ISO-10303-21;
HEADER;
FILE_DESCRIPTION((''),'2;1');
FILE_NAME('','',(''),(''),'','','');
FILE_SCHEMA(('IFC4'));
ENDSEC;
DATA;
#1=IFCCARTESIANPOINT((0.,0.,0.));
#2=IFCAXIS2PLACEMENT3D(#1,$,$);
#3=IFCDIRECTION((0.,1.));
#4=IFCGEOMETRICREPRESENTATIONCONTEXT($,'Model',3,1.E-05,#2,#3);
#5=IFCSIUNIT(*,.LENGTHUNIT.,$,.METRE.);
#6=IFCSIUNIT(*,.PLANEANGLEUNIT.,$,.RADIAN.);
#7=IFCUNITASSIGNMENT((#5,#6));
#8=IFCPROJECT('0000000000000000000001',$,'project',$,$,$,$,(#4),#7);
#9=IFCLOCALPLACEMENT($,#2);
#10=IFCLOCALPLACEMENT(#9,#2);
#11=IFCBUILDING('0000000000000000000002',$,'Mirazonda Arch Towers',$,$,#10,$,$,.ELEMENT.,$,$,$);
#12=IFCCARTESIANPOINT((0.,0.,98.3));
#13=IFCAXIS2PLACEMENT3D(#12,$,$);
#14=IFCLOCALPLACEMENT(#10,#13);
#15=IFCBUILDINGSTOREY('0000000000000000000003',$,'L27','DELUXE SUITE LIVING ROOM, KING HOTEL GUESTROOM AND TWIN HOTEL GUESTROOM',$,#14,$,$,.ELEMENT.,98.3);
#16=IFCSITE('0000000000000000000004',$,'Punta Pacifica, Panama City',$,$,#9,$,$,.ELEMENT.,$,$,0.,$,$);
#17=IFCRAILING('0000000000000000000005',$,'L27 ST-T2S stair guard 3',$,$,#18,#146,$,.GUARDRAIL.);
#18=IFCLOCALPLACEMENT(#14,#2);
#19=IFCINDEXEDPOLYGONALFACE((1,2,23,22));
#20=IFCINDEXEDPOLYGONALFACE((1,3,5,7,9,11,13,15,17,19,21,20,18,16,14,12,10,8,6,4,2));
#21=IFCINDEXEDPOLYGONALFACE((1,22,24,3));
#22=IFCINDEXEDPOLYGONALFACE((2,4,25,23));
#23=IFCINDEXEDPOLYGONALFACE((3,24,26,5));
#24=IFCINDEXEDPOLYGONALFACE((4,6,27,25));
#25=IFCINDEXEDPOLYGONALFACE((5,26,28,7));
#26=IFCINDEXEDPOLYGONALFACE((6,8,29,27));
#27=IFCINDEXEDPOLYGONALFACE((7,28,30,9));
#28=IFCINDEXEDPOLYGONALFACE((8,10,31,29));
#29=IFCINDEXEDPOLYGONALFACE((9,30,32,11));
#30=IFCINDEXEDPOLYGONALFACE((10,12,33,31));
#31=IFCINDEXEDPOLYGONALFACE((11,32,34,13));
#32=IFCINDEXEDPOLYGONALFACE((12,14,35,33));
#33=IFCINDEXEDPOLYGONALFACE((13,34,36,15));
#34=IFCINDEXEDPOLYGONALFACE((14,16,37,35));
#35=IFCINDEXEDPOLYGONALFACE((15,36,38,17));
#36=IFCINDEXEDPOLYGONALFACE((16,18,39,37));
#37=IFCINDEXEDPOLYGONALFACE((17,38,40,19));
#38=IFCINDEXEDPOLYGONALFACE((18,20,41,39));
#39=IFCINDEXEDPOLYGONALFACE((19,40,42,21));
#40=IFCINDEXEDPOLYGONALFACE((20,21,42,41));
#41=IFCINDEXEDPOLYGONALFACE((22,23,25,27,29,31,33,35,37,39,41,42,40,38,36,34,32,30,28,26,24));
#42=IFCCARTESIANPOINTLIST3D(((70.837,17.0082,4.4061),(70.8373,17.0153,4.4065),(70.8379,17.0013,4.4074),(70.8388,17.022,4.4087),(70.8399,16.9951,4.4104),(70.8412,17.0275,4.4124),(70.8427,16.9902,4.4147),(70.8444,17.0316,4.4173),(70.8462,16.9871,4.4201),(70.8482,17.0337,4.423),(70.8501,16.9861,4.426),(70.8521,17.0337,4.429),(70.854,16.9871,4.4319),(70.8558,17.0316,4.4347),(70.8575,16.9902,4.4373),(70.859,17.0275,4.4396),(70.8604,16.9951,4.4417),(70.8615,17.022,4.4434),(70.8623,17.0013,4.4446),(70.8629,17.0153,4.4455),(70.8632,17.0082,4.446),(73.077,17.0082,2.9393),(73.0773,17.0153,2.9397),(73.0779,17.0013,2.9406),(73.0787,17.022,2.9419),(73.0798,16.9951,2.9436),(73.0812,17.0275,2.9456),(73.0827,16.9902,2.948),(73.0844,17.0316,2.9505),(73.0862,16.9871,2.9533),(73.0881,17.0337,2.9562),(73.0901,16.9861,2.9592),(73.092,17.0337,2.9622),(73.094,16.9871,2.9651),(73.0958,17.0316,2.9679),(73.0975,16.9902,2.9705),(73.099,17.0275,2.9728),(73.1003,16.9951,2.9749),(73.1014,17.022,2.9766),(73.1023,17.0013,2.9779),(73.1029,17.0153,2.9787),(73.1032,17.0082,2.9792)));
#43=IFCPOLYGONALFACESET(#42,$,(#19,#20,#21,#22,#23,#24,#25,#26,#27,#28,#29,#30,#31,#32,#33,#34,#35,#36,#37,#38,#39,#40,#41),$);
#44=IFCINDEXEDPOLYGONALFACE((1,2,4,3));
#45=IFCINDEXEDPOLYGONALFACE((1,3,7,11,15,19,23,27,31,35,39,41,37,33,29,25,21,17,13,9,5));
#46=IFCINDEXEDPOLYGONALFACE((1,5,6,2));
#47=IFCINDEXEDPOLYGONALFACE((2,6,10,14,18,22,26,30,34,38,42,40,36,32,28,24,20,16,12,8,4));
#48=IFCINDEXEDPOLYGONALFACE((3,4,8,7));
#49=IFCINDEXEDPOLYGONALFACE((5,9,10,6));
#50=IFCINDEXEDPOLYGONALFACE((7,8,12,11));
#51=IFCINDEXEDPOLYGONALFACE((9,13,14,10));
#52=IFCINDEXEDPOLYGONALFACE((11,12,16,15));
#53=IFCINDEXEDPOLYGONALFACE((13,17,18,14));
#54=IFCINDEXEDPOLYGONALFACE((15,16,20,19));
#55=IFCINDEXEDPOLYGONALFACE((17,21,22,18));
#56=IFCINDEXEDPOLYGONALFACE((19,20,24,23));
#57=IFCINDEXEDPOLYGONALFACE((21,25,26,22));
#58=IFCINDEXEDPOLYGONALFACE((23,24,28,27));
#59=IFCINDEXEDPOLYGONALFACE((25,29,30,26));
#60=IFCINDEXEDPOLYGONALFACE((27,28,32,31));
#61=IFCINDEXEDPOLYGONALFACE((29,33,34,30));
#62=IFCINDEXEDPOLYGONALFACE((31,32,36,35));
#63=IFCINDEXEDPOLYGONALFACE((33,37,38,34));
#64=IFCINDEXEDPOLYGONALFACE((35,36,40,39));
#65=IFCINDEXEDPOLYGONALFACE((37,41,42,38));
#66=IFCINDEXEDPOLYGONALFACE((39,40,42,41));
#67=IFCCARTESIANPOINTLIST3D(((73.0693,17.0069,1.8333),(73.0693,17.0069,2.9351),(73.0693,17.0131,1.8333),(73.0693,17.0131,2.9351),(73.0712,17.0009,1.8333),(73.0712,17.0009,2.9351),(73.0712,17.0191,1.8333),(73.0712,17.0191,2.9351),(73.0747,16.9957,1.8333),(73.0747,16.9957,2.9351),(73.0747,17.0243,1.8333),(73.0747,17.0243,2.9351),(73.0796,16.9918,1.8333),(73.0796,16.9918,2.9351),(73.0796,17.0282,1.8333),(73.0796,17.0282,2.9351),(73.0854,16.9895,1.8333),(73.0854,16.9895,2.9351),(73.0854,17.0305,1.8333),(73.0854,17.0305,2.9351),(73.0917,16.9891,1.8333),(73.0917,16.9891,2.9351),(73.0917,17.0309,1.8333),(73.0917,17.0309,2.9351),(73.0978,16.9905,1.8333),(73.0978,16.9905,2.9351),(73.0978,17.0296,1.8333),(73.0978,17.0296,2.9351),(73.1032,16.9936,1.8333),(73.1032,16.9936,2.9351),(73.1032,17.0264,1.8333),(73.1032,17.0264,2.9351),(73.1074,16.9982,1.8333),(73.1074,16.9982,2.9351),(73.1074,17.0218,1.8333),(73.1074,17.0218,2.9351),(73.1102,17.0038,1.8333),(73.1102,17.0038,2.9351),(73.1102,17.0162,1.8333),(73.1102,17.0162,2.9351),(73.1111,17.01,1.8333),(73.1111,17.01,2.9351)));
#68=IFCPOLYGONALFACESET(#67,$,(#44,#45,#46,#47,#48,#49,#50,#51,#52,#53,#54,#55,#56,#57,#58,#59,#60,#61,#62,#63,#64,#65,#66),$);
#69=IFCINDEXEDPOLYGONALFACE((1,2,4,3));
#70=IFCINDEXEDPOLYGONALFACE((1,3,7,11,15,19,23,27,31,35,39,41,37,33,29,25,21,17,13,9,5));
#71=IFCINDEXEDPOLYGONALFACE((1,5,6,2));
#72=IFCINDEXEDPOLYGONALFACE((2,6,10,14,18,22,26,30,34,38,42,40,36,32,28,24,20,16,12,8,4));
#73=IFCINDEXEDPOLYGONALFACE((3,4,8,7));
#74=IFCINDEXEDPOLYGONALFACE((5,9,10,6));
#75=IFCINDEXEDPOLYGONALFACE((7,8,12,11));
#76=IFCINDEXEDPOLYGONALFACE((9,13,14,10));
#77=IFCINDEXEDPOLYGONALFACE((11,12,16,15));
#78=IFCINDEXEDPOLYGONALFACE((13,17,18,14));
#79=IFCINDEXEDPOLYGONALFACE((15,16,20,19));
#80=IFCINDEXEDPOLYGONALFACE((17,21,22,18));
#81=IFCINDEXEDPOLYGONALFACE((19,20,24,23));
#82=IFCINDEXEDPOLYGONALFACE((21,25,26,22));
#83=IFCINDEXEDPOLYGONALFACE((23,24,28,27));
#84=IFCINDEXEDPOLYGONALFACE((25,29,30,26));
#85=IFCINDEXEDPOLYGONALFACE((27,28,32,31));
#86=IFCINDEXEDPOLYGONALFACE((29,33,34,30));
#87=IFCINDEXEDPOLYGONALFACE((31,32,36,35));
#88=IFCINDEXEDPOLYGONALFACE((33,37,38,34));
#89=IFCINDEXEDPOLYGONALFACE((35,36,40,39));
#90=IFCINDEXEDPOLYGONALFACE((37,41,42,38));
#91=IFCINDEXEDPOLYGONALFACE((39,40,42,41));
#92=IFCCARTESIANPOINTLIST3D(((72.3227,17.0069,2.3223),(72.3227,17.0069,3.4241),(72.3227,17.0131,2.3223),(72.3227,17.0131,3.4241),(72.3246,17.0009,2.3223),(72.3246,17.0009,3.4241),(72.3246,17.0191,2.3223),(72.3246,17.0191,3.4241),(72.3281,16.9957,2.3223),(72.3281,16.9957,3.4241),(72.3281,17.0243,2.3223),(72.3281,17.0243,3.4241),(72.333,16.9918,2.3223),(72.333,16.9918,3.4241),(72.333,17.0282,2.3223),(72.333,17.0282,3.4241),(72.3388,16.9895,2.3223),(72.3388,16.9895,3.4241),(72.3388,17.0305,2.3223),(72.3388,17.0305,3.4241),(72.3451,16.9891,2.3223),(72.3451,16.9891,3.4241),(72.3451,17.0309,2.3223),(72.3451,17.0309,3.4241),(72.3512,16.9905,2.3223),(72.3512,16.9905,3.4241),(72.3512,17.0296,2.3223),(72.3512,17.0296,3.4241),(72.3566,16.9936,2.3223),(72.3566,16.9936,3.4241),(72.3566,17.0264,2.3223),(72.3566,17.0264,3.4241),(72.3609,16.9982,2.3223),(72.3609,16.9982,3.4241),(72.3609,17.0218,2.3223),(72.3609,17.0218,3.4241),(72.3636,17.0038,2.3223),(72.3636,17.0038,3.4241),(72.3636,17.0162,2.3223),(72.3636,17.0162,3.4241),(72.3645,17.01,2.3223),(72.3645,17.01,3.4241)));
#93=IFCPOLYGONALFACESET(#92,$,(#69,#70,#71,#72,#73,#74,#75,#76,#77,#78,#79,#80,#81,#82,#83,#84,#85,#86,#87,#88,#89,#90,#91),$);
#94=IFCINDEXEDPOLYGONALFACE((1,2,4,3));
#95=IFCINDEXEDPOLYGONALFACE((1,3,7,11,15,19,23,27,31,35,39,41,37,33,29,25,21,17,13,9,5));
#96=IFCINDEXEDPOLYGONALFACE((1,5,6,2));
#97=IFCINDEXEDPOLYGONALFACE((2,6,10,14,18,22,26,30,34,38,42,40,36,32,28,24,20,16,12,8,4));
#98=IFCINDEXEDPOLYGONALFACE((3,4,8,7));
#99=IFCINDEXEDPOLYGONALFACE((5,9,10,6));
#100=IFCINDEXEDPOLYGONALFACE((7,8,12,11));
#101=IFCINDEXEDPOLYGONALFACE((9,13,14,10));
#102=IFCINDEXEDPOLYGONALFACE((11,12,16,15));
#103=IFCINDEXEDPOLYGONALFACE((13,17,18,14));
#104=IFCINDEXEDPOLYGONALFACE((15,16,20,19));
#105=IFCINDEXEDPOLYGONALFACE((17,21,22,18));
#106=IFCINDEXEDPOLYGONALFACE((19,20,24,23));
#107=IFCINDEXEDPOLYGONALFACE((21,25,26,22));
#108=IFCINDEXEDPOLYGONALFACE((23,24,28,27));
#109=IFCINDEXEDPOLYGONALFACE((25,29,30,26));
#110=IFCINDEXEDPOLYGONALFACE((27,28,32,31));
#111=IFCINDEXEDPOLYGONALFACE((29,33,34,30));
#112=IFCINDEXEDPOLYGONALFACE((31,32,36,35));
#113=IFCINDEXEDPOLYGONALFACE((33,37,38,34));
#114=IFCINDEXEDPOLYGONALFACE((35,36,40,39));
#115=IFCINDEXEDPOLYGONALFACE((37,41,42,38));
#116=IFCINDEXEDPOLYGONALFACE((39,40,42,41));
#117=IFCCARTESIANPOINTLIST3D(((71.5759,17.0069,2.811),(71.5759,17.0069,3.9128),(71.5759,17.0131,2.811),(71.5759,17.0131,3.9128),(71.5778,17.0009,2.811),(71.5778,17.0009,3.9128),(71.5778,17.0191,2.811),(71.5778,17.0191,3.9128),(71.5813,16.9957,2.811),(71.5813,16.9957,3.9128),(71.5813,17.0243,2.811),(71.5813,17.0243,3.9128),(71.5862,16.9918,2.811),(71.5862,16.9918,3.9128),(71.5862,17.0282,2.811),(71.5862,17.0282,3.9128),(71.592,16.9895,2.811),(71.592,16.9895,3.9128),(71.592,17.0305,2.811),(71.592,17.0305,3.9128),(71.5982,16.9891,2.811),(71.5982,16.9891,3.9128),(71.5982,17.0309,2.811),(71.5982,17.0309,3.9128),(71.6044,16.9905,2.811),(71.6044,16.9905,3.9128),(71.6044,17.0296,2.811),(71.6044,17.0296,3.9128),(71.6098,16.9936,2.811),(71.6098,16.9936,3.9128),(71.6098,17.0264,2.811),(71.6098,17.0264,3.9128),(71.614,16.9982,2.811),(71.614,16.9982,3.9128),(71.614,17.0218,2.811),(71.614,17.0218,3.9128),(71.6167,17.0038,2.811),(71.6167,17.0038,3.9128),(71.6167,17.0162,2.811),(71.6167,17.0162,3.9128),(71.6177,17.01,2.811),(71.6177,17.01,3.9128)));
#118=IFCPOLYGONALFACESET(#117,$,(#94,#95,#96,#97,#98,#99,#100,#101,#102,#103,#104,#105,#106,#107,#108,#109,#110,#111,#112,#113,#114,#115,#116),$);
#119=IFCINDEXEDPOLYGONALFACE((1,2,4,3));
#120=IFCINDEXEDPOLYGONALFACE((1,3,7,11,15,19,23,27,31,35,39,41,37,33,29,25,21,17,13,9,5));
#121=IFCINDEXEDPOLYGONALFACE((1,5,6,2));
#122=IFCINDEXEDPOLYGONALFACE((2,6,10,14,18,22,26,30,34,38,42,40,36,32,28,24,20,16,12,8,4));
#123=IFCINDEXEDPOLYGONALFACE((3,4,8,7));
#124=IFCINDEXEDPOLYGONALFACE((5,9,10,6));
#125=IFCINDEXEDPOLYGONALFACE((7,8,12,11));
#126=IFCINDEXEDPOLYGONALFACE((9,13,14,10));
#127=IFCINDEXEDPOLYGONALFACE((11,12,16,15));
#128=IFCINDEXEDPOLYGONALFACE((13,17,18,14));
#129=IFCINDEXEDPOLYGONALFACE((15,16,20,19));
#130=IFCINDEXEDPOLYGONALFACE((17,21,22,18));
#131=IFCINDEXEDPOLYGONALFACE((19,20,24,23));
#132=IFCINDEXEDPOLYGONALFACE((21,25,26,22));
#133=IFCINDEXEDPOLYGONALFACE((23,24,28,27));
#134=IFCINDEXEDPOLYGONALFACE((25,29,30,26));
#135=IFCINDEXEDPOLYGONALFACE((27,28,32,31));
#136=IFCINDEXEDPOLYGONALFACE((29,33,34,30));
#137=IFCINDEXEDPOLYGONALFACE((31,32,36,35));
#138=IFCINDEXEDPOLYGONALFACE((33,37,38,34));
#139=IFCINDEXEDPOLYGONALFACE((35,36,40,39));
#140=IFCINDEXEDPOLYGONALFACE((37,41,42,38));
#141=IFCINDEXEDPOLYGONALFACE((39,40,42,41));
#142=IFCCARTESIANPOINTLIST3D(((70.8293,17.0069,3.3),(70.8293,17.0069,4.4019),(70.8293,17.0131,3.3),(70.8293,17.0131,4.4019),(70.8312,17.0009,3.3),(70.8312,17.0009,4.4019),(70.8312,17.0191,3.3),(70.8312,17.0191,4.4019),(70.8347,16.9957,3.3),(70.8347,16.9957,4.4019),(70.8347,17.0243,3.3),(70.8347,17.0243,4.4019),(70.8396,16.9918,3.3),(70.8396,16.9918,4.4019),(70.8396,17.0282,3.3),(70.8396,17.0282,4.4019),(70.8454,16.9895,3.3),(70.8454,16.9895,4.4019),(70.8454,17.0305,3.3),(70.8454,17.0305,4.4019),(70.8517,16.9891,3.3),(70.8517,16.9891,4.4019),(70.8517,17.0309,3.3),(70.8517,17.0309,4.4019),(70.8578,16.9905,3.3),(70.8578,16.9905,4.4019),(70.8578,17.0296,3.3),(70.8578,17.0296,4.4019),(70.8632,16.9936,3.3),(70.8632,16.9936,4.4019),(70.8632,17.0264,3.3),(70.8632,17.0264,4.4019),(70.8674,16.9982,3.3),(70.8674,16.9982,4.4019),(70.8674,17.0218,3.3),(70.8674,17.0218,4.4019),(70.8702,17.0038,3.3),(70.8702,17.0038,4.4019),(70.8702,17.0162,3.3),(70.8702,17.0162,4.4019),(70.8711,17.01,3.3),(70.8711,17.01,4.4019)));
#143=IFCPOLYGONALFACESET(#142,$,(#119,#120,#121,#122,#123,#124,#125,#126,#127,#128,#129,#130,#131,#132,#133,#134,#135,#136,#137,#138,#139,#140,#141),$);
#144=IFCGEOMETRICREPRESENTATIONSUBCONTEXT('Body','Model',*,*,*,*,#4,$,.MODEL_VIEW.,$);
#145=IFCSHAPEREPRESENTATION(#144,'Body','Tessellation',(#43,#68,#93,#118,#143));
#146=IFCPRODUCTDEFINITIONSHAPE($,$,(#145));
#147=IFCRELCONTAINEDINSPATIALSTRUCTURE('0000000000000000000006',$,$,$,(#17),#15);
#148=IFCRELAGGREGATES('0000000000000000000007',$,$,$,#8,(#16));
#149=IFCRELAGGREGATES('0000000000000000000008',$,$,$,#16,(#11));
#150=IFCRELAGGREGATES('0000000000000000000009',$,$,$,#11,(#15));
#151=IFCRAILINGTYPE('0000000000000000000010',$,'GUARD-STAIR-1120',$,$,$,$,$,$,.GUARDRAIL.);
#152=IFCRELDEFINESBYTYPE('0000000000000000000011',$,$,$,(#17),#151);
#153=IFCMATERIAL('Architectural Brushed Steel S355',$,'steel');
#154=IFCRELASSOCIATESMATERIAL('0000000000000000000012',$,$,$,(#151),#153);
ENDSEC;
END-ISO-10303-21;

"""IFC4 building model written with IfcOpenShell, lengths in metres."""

from ifc_helpers import new_model, si_unit, direction, frame, origin, origin_2d, place, context, subcontext, project, spatial, circle, extrude, material, type_object, element, save


model = new_model("IFC4")

# Units and contexts
model_context = context("Model", 3, precision=1e-05, world=origin(), true_north=direction((0.0, 1.0)))
body_context = subcontext(model_context, "Body", "Model", "MODEL_VIEW")
ifc_project = project(units=[si_unit("LENGTHUNIT", "METRE"), si_unit("PLANEANGLEUNIT", "RADIAN")], contexts=[model_context])

# Site, building, storey
site_placement = place(None, origin())
site = spatial("IfcSite", under=ifc_project, at=site_placement, Name="Punta Pacifica, Panama City", CompositionType="ELEMENT", RefElevation=0.0)
building_placement = place(site_placement, origin())
building = spatial("IfcBuilding", under=site, at=building_placement, Name="Mirazonda Arch Towers", CompositionType="ELEMENT")
storey_placement = place(building_placement, frame((0.0, 0.0, 98.3)))
storey = spatial("IfcBuildingStorey", under=building, at=storey_placement, Name="L27", Description="DELUXE SUITE LIVING ROOM, KING HOTEL GUESTROOM AND TWIN HOTEL GUESTROOM", CompositionType="ELEMENT", Elevation=98.3)

# Railing
ifc_material_1 = material(Name="Architectural Brushed Steel S355", Category="steel")
railing_type_1 = type_object("IfcRailingType", Name="GUARD-STAIR-1120", PredefinedType="GUARDRAIL", material=ifc_material_1)
railing_1_placement = place(storey_placement, frame((73.0901, 17.01, 1.8333)))
element("IfcRailing", 1, at=railing_1_placement, inside=storey, type_object=railing_type_1, Name="L27 ST-T2S stair guard 3", PredefinedType="GUARDRAIL", context=body_context, shape_type="SweptSolid", body=[
    extrude(circle(Radius=0.0239, at=origin_2d()), frame((0.0, 0.0, 1.126), z_axis=(-0.836595, 0.0, 0.547822), x_axis=(0.0, -1.0, 0.0)), (0.0, 0.0, 1.0), 2.6775),
    extrude(circle(Radius=0.021, at=origin_2d()), origin(), (0.0, 0.0, 1.0), 1.1018),
    extrude(circle(Radius=0.021, at=origin_2d()), frame((-0.7466, 0.0, 0.489)), (0.0, 0.0, 1.0), 1.1018),
    extrude(circle(Radius=0.021, at=origin_2d()), frame((-1.4934, 0.0, 0.9778)), (0.0, 0.0, 1.0), 1.1018),
    extrude(circle(Radius=0.021, at=origin_2d()), frame((-2.24, 0.0, 1.4668)), (0.0, 0.0, 1.0), 1.1018),
])

save(model, "model.ifc")
